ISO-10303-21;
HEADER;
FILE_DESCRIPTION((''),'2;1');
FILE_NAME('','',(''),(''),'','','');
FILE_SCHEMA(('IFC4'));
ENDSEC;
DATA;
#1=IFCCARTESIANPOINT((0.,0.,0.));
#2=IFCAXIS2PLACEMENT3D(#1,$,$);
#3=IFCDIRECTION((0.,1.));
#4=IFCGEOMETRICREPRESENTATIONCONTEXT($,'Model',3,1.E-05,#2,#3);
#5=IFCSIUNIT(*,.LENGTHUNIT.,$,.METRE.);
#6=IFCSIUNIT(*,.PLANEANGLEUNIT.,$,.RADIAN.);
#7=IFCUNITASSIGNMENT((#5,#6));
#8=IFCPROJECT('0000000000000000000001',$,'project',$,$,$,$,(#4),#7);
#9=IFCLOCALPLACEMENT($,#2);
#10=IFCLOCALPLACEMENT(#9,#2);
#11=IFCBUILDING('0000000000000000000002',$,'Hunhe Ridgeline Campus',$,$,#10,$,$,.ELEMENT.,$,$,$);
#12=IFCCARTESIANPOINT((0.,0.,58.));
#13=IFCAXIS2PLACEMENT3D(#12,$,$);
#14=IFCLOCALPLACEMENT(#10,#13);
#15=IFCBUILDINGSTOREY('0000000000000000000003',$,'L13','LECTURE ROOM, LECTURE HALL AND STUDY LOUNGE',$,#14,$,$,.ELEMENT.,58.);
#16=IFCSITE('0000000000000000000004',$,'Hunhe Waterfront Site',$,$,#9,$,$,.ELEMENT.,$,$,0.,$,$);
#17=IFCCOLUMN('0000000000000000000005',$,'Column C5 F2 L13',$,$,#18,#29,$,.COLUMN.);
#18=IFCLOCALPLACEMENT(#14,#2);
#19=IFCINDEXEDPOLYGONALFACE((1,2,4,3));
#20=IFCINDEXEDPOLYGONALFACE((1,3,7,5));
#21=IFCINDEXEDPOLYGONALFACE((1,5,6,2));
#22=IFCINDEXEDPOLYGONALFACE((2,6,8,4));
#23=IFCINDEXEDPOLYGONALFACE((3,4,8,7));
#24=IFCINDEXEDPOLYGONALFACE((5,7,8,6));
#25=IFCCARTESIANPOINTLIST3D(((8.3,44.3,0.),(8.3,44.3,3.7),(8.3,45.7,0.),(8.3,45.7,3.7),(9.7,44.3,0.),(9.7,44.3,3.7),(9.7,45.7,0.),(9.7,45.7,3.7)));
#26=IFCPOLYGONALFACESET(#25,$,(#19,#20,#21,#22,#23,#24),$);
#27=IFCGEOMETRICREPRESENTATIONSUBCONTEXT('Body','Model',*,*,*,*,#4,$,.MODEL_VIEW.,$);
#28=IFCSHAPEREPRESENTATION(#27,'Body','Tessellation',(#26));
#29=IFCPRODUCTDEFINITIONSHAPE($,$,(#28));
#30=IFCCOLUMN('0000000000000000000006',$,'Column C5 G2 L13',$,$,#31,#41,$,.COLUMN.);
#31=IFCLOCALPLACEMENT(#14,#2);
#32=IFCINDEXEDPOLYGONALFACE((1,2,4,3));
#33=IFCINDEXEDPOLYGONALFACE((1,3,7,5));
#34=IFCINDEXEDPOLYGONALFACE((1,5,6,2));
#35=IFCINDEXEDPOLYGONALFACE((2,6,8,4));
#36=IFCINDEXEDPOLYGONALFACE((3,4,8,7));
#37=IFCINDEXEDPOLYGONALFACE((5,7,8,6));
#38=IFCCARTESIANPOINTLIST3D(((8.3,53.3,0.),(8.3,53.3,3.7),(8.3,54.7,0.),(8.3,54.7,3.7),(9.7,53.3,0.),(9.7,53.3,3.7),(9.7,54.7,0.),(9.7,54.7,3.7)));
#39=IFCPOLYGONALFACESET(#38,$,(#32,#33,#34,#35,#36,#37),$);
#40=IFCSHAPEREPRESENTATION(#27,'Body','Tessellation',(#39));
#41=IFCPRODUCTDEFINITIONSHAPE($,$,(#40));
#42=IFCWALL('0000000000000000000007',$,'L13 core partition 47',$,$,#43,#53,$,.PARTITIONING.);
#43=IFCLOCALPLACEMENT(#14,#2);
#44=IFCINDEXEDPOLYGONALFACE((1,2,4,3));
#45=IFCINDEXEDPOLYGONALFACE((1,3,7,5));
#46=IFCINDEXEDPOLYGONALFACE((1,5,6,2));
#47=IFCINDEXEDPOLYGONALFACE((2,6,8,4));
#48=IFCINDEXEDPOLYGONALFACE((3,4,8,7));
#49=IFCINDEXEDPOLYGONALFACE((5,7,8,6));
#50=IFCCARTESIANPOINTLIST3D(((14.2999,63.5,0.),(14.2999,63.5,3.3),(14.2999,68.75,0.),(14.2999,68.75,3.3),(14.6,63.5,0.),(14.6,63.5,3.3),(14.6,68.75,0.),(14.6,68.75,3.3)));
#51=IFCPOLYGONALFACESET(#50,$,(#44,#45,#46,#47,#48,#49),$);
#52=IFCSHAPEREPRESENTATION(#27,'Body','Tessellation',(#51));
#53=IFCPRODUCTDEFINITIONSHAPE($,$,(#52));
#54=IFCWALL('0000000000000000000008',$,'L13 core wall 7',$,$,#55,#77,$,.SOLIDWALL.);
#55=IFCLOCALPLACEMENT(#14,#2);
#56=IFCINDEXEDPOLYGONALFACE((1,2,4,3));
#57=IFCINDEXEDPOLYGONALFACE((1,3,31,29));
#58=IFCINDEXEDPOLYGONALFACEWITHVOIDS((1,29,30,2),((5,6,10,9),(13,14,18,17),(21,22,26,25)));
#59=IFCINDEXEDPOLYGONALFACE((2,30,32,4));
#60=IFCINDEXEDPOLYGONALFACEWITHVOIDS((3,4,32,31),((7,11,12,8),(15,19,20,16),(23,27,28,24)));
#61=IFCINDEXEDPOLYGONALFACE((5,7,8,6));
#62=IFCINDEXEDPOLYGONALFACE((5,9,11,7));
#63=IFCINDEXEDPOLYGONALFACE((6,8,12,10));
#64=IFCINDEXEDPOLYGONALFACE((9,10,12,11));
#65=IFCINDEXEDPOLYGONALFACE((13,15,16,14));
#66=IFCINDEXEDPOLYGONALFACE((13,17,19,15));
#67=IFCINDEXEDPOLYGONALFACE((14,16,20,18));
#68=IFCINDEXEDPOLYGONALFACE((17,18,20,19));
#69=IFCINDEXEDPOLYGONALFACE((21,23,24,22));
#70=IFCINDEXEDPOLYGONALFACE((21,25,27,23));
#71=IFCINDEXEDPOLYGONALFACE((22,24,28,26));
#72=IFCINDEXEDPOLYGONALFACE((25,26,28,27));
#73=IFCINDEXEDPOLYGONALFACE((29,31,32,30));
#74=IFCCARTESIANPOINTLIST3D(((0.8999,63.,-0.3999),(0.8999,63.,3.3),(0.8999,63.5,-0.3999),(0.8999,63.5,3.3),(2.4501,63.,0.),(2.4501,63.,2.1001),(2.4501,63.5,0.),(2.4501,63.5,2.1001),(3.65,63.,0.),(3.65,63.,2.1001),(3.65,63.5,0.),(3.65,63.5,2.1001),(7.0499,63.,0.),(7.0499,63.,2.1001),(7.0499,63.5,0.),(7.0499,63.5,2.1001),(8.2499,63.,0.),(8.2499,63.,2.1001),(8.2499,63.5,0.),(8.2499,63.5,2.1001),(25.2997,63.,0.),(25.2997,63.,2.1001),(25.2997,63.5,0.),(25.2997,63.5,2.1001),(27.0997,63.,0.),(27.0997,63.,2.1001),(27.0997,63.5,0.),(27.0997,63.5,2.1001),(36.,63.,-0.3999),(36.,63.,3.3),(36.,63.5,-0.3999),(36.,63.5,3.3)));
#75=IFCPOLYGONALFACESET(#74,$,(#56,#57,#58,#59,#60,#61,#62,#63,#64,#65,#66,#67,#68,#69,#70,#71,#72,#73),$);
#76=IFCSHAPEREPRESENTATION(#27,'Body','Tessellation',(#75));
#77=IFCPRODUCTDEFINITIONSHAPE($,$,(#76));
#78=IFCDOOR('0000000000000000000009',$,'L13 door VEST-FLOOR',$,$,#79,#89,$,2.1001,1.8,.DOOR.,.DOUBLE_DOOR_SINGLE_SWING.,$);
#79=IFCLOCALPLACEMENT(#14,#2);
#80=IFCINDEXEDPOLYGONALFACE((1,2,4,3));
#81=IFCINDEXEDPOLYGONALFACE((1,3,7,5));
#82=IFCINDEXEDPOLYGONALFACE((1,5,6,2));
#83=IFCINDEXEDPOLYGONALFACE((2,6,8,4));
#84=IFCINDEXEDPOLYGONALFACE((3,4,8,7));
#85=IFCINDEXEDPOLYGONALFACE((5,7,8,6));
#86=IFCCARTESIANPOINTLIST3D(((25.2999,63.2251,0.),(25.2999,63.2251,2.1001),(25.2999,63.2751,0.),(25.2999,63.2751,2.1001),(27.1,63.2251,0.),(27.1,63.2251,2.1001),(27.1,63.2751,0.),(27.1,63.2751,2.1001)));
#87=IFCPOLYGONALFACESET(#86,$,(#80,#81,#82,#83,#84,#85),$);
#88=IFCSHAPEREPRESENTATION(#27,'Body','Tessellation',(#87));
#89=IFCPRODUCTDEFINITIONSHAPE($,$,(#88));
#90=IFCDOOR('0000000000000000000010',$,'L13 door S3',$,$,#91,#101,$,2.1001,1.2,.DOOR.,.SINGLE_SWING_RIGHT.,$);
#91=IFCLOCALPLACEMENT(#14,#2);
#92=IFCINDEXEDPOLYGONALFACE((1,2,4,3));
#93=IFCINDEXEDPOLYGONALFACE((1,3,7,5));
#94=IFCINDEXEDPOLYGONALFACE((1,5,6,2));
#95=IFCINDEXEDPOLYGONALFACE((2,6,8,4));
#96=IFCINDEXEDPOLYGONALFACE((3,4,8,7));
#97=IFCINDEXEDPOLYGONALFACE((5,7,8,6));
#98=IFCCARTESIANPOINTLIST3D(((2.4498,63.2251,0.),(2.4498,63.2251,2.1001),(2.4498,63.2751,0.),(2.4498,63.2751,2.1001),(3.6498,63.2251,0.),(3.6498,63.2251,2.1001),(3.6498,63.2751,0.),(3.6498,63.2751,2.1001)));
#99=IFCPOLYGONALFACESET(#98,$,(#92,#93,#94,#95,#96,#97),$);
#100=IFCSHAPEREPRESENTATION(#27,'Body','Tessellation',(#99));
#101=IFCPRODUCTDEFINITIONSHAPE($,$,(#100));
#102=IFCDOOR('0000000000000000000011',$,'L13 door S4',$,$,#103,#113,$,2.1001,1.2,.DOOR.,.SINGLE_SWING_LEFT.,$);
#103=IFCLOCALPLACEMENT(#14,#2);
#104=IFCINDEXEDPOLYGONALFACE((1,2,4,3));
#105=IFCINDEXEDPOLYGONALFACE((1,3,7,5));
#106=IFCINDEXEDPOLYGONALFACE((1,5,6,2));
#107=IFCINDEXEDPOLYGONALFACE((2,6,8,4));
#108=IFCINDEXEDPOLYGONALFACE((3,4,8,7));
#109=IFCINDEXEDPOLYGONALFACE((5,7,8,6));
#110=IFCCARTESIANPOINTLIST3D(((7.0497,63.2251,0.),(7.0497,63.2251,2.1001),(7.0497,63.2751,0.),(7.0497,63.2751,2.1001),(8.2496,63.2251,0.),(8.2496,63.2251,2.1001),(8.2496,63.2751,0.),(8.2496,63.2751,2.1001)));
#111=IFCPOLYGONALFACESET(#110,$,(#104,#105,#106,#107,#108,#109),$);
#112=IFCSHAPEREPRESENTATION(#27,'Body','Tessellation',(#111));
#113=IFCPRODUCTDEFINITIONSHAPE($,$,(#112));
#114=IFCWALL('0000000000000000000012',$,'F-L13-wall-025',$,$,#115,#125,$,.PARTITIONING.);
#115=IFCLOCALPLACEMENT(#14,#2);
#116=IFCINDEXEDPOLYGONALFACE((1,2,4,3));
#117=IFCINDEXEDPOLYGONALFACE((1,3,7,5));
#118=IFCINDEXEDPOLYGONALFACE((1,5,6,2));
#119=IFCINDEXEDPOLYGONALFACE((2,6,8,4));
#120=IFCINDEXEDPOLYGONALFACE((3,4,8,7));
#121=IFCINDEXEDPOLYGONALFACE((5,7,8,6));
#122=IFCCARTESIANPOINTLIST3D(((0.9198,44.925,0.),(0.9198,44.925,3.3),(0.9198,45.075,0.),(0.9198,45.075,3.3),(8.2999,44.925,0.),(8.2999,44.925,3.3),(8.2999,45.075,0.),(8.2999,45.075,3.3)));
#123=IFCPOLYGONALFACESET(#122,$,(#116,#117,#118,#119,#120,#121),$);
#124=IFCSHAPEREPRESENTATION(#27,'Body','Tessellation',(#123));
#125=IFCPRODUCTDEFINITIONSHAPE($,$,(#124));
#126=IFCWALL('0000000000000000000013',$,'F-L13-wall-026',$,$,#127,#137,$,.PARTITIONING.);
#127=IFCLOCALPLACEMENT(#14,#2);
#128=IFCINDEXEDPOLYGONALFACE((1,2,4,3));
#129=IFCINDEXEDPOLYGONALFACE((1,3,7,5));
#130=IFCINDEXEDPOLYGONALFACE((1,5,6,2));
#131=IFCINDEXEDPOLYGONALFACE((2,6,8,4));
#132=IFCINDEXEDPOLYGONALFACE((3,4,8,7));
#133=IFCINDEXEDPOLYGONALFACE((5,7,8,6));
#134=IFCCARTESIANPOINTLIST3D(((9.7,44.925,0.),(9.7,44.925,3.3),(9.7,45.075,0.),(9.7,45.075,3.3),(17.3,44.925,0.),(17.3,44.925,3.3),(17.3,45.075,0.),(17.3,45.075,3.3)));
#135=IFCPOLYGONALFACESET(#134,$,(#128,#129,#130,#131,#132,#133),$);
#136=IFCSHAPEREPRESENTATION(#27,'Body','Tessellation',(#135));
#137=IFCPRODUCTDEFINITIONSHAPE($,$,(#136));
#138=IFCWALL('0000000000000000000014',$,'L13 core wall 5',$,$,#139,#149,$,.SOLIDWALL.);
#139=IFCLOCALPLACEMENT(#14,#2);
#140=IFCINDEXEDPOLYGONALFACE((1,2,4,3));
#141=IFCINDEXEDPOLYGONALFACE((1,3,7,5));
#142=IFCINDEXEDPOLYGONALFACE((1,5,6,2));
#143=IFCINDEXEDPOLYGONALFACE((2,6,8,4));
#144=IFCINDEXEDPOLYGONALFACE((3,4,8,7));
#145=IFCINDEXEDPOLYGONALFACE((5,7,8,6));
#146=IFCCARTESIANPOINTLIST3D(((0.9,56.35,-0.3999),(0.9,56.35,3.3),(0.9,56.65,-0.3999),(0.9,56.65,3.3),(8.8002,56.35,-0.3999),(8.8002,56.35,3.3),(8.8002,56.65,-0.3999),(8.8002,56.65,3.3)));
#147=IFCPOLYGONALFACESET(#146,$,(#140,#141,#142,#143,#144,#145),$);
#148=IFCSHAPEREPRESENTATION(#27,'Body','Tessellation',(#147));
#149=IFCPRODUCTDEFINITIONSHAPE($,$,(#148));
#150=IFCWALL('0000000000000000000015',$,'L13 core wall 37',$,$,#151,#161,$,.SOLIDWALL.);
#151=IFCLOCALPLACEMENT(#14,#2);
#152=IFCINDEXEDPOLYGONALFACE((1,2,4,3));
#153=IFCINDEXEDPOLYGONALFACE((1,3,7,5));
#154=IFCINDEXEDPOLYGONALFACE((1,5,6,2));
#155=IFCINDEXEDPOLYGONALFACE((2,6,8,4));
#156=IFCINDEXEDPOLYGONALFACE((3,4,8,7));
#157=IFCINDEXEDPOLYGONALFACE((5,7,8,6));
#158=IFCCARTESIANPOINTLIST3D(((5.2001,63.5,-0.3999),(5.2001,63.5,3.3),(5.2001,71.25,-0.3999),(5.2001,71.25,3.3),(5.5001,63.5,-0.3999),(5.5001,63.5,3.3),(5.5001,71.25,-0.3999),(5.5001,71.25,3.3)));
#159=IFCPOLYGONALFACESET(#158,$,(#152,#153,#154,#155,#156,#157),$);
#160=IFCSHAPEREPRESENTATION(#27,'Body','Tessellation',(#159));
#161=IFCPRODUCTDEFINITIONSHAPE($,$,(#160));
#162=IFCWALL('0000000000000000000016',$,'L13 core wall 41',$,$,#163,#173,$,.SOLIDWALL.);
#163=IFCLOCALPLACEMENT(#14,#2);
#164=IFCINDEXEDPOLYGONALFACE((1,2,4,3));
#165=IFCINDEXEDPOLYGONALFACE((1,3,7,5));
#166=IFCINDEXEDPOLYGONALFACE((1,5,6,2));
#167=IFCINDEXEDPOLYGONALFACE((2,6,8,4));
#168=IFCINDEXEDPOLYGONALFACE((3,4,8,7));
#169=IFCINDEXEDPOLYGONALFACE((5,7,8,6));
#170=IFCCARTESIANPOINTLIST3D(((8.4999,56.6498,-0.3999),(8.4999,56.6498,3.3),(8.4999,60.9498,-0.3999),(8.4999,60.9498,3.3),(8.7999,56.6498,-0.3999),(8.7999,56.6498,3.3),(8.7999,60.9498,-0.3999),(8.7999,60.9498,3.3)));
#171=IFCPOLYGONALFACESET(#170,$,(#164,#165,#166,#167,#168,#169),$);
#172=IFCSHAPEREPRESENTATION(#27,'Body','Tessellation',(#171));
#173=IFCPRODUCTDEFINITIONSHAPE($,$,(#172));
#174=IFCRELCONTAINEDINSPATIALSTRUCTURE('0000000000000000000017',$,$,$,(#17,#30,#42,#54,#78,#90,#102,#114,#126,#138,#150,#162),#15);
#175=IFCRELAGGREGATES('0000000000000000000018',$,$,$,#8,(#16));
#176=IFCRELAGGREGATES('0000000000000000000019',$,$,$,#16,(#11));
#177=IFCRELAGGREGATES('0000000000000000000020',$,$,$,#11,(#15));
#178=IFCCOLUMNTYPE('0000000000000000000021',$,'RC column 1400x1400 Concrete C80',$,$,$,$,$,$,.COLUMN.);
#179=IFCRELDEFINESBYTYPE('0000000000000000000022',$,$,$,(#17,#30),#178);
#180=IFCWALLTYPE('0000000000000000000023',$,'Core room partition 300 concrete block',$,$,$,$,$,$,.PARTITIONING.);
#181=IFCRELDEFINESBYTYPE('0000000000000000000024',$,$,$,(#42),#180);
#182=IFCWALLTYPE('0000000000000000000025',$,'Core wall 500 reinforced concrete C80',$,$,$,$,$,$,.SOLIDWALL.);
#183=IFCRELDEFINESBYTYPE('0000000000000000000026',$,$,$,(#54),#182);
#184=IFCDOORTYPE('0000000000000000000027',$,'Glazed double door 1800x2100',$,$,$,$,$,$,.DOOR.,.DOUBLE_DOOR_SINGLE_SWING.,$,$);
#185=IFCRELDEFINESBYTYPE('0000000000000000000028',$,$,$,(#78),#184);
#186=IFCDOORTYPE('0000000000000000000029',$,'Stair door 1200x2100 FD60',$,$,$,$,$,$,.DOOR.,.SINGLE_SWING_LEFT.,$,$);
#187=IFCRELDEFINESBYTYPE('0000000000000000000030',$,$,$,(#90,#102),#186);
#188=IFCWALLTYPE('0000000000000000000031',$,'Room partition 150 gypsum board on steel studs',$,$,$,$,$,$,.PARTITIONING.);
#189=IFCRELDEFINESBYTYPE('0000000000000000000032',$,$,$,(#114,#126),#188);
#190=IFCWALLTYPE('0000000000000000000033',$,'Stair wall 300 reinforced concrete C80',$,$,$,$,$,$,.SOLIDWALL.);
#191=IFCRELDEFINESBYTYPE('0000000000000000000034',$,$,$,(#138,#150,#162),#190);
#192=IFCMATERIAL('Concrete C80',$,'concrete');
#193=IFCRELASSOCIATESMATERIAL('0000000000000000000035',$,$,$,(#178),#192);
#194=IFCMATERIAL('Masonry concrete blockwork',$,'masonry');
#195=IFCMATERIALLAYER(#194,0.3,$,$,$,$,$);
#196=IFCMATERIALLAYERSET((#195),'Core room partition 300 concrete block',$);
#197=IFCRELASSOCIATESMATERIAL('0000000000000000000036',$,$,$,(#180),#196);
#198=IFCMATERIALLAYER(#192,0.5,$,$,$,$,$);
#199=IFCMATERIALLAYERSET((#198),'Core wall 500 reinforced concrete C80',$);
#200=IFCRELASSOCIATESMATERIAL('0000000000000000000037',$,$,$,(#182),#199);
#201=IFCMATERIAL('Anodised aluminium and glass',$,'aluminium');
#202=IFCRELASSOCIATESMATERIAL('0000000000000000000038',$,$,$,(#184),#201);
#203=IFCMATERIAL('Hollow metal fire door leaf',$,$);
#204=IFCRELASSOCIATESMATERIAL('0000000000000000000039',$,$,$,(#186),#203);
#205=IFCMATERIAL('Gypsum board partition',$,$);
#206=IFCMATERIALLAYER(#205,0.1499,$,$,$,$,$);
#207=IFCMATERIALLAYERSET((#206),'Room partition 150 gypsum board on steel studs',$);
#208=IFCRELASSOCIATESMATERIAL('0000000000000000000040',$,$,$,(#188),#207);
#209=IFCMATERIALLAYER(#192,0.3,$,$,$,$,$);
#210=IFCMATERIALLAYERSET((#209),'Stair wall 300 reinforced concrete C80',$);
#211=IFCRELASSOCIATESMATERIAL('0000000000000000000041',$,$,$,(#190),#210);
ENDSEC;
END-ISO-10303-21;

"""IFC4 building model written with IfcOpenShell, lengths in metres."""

from ifc_helpers import new_model, si_unit, direction, frame, frame_2d, origin, origin_2d, place, context, subcontext, project, spatial, rectangle, extrude, material, layer, layer_set, material_profile, profile_set, type_object, element, fill, save


model = new_model("IFC4")

# Units and contexts
model_context = context("Model", 3, precision=1e-05, world=origin(), true_north=direction((0.0, 1.0)))
body_context = subcontext(model_context, "Body", "Model", "MODEL_VIEW")
ifc_project = project(units=[si_unit("LENGTHUNIT", "METRE"), si_unit("PLANEANGLEUNIT", "RADIAN")], contexts=[model_context])

# Site, building, storey
site_placement = place(None, origin())
site = spatial("IfcSite", under=ifc_project, at=site_placement, Name="Hunhe Waterfront Site", CompositionType="ELEMENT", RefElevation=0.0)
building_placement = place(site_placement, origin())
building = spatial("IfcBuilding", under=site, at=building_placement, Name="Hunhe Ridgeline Campus", CompositionType="ELEMENT")
storey_placement = place(building_placement, frame((0.0, 0.0, 58.0)))
storey = spatial("IfcBuildingStorey", under=building, at=storey_placement, Name="L13", Description="LECTURE ROOM, LECTURE HALL AND STUDY LOUNGE", CompositionType="ELEMENT", Elevation=58.0)

# Columns
ifc_material_1 = material(Name="Concrete C80", Category="concrete")
ifc_material_profile = material_profile(ifc_material_1, rectangle(XDim=1.3999, YDim=1.3999, at=origin_2d()))
ifc_profile_set = profile_set([ifc_material_profile], Name="Concrete C80")
column_type = type_object("IfcColumnType", Name="RC column 1400x1400 Concrete C80", PredefinedType="COLUMN", material=ifc_profile_set)
for number, where, z_axis, x_axis, name in (
    (1, (9.0, 45.0, 0.0), (0.0, 0.0, 1.0), (1.0, 0.0, 0.0), "Column C5 F2 L13"),
    (2, (9.0, 54.0, 0.0), (0.0, 0.0, 1.0), (1.0, 0.0, 0.0), "Column C5 G2 L13"),
):
    element("IfcColumn", number, at=place(storey_placement, frame(where, z_axis=z_axis, x_axis=x_axis)), inside=storey, type_object=column_type, Name=name, PredefinedType="COLUMN", context=body_context, shape_type="SweptSolid", body=[
        extrude(rectangle(XDim=1.3999, YDim=1.3999, at=origin_2d()), origin(), (0.0, 0.0, 1.0), 3.7),
    ])

# Wall
ifc_material_2 = material(Name="Masonry concrete blockwork", Category="masonry")
ifc_layer_1 = layer(ifc_material_2, 0.3)
ifc_layer_set_1 = layer_set([ifc_layer_1], Name="Core room partition 300 concrete block")
wall_type_1 = type_object("IfcWallType", Name="Core room partition 300 concrete block", PredefinedType="PARTITIONING", material=ifc_layer_set_1)
wall_1_placement = place(storey_placement, frame((14.45, 63.5, 0.0), z_axis=(0.0, 0.0, 1.0), x_axis=(0.0, 1.0, 0.0)))
element("IfcWall", 3, at=wall_1_placement, inside=storey, type_object=wall_type_1, Name="L13 core partition 47", PredefinedType="PARTITIONING", context=body_context, shape_type="SweptSolid", body=[
    extrude(rectangle(XDim=5.25, YDim=0.3, at=frame_2d((2.625, 0.0))), origin(), (0.0, 0.0, 1.0), 3.3),
])

# Wall, openings, doors
ifc_layer_2 = layer(ifc_material_1, 0.5)
ifc_layer_set_2 = layer_set([ifc_layer_2], Name="Core wall 500 reinforced concrete C80")
wall_type_2 = type_object("IfcWallType", Name="Core wall 500 reinforced concrete C80", PredefinedType="SOLIDWALL", material=ifc_layer_set_2)
wall_2_placement = place(storey_placement, frame((0.8999, 63.25, -0.3999), z_axis=(0.0, 0.0, 1.0), x_axis=(1.0, 0.0, 0.0)))
wall_2 = element("IfcWall", 4, at=wall_2_placement, inside=storey, type_object=wall_type_2, Name="L13 core wall 7", PredefinedType="SOLIDWALL", context=body_context, shape_type="SweptSolid", body=[
    extrude(rectangle(XDim=35.1001, YDim=0.5, at=frame_2d((17.55, 0.0))), origin(), (0.0, 0.0, 1.0), 3.7),
])
opening_1_placement = place(wall_2_placement, frame((24.3999, 0.0, 0.3999)))
opening_1 = element("IfcOpeningElement", 5, at=opening_1_placement, cuts=wall_2, PredefinedType="OPENING", context=body_context, shape_type="SweptSolid", body=[
    extrude(rectangle(XDim=1.8, YDim=2.1001, at=frame_2d((0.8999, 1.05))), frame((0.0, 0.25, 0.0), z_axis=(0.0, -1.0, 0.0), x_axis=(1.0, 0.0, 0.0)), (0.0, 0.0, 1.0), 0.5),
])
opening_2_placement = place(wall_2_placement, frame((1.55, 0.0, 0.3999)))
opening_2 = element("IfcOpeningElement", 6, at=opening_2_placement, cuts=wall_2, PredefinedType="OPENING", context=body_context, shape_type="SweptSolid", body=[
    extrude(rectangle(XDim=1.2, YDim=2.1001, at=frame_2d((0.6001, 1.05))), frame((0.0, 0.25, 0.0), z_axis=(0.0, -1.0, 0.0), x_axis=(1.0, 0.0, 0.0)), (0.0, 0.0, 1.0), 0.5),
])
opening_3_placement = place(wall_2_placement, frame((6.1499, 0.0, 0.3999)))
opening_3 = element("IfcOpeningElement", 7, at=opening_3_placement, cuts=wall_2, PredefinedType="OPENING", context=body_context, shape_type="SweptSolid", body=[
    extrude(rectangle(XDim=1.2, YDim=2.1001, at=frame_2d((0.6001, 1.05))), frame((0.0, 0.25, 0.0), z_axis=(0.0, -1.0, 0.0), x_axis=(1.0, 0.0, 0.0)), (0.0, 0.0, 1.0), 0.5),
])
ifc_material_3 = material(Name="Anodised aluminium and glass", Category="aluminium")
door_type_1 = type_object("IfcDoorType", Name="Glazed double door 1800x2100", OperationType="DOUBLE_DOOR_SINGLE_SWING", PredefinedType="DOOR", material=ifc_material_3)
door_1_placement = place(opening_1_placement, frame((1.8, 0.0, 0.0), z_axis=(0.0, 0.0, 1.0), x_axis=(-1.0, 0.0, 0.0)))
door_1 = element("IfcDoor", 8, at=door_1_placement, inside=storey, type_object=door_type_1, Name="L13 door VEST-FLOOR", OperationType="DOUBLE_DOOR_SINGLE_SWING", OverallHeight=2.1001, OverallWidth=1.8, PredefinedType="DOOR", context=body_context, shape_type="SweptSolid", body=[
    extrude(rectangle(XDim=1.8, YDim=2.1001, at=frame_2d((0.8999, 1.05))), frame((0.0, 0.0249, 0.0), z_axis=(0.0, -1.0, 0.0), x_axis=(1.0, 0.0, 0.0)), (0.0, 0.0, 1.0), 0.05),
])
fill(opening_1, door_1)
ifc_material_4 = material(Name="Hollow metal fire door leaf")
door_type_2 = type_object("IfcDoorType", Name="Stair door 1200x2100 FD60", OperationType="SINGLE_SWING_LEFT", PredefinedType="DOOR", material=ifc_material_4)
door_2_placement = place(opening_2_placement, frame((1.2, 0.0, 0.0), z_axis=(0.0, 0.0, 1.0), x_axis=(-1.0, 0.0, 0.0)))
door_2 = element("IfcDoor", 9, at=door_2_placement, inside=storey, type_object=door_type_2, Name="L13 door S3", OperationType="SINGLE_SWING_RIGHT", OverallHeight=2.1001, OverallWidth=1.2, PredefinedType="DOOR", context=body_context, shape_type="SweptSolid", body=[
    extrude(rectangle(XDim=1.2, YDim=2.1001, at=frame_2d((0.6001, 1.05))), frame((0.0, 0.0249, 0.0), z_axis=(0.0, -1.0, 0.0), x_axis=(1.0, 0.0, 0.0)), (0.0, 0.0, 1.0), 0.05),
])
fill(opening_2, door_2)
door_3_placement = place(opening_3_placement, frame((1.2, 0.0, 0.0), z_axis=(0.0, 0.0, 1.0), x_axis=(-1.0, 0.0, 0.0)))
door_3 = element("IfcDoor", 10, at=door_3_placement, inside=storey, type_object=door_type_2, Name="L13 door S4", OperationType="SINGLE_SWING_LEFT", OverallHeight=2.1001, OverallWidth=1.2, PredefinedType="DOOR", context=body_context, shape_type="SweptSolid", body=[
    extrude(rectangle(XDim=1.2, YDim=2.1001, at=frame_2d((0.6001, 1.05))), frame((0.0, 0.0249, 0.0), z_axis=(0.0, -1.0, 0.0), x_axis=(1.0, 0.0, 0.0)), (0.0, 0.0, 1.0), 0.05),
])
fill(opening_3, door_3)

# Walls
ifc_material_5 = material(Name="Gypsum board partition")
ifc_layer_3 = layer(ifc_material_5, 0.1499)
ifc_layer_set_3 = layer_set([ifc_layer_3], Name="Room partition 150 gypsum board on steel studs")
wall_type_3 = type_object("IfcWallType", Name="Room partition 150 gypsum board on steel studs", PredefinedType="PARTITIONING", material=ifc_layer_set_3)
wall_3_placement = place(storey_placement, frame((0.9199, 45.0, 0.0), z_axis=(0.0, 0.0, 1.0), x_axis=(1.0, 0.0, 0.0)))
element("IfcWall", 11, at=wall_3_placement, inside=storey, type_object=wall_type_3, Name="F-L13-wall-025", PredefinedType="PARTITIONING", context=body_context, shape_type="SweptSolid", body=[
    extrude(rectangle(XDim=7.3801, YDim=0.1499, at=frame_2d((3.6899, 0.0))), origin(), (0.0, 0.0, 1.0), 3.3),
])
wall_4_placement = place(storey_placement, frame((9.7, 45.0, 0.0), z_axis=(0.0, 0.0, 1.0), x_axis=(1.0, 0.0, 0.0)))
element("IfcWall", 12, at=wall_4_placement, inside=storey, type_object=wall_type_3, Name="F-L13-wall-026", PredefinedType="PARTITIONING", context=body_context, shape_type="SweptSolid", body=[
    extrude(rectangle(XDim=7.6001, YDim=0.1499, at=frame_2d((3.8, 0.0))), origin(), (0.0, 0.0, 1.0), 3.3),
])
ifc_layer_4 = layer(ifc_material_1, 0.3)
ifc_layer_set_4 = layer_set([ifc_layer_4], Name="Stair wall 300 reinforced concrete C80")
wall_type_4 = type_object("IfcWallType", Name="Stair wall 300 reinforced concrete C80", PredefinedType="SOLIDWALL", material=ifc_layer_set_4)
wall_5_placement = place(storey_placement, frame((0.8999, 56.5, -0.3999), z_axis=(0.0, 0.0, 1.0), x_axis=(1.0, 0.0, 0.0)))
element("IfcWall", 13, at=wall_5_placement, inside=storey, type_object=wall_type_4, Name="L13 core wall 5", PredefinedType="SOLIDWALL", context=body_context, shape_type="SweptSolid", body=[
    extrude(rectangle(XDim=7.9001, YDim=0.3, at=frame_2d((3.9502, 0.0))), origin(), (0.0, 0.0, 1.0), 3.7),
])

# Walls
wall_6_placement = place(storey_placement, frame((5.3501, 63.5, -0.3999), z_axis=(0.0, 0.0, 1.0), x_axis=(0.0, 1.0, 0.0)))
element("IfcWall", 14, at=wall_6_placement, inside=storey, type_object=wall_type_4, Name="L13 core wall 37", PredefinedType="SOLIDWALL", context=body_context, shape_type="SweptSolid", body=[
    extrude(rectangle(XDim=7.75, YDim=0.3, at=frame_2d((3.875, 0.0))), origin(), (0.0, 0.0, 1.0), 3.7),
])
wall_7_placement = place(storey_placement, frame((8.6499, 56.6499, -0.3999), z_axis=(0.0, 0.0, 1.0), x_axis=(0.0, 1.0, 0.0)))
element("IfcWall", 15, at=wall_7_placement, inside=storey, type_object=wall_type_4, Name="L13 core wall 41", PredefinedType="SOLIDWALL", context=body_context, shape_type="SweptSolid", body=[
    extrude(rectangle(XDim=4.3, YDim=0.3, at=frame_2d((2.1499, 0.0))), origin(), (0.0, 0.0, 1.0), 3.7),
])

save(model, "model.ifc")
